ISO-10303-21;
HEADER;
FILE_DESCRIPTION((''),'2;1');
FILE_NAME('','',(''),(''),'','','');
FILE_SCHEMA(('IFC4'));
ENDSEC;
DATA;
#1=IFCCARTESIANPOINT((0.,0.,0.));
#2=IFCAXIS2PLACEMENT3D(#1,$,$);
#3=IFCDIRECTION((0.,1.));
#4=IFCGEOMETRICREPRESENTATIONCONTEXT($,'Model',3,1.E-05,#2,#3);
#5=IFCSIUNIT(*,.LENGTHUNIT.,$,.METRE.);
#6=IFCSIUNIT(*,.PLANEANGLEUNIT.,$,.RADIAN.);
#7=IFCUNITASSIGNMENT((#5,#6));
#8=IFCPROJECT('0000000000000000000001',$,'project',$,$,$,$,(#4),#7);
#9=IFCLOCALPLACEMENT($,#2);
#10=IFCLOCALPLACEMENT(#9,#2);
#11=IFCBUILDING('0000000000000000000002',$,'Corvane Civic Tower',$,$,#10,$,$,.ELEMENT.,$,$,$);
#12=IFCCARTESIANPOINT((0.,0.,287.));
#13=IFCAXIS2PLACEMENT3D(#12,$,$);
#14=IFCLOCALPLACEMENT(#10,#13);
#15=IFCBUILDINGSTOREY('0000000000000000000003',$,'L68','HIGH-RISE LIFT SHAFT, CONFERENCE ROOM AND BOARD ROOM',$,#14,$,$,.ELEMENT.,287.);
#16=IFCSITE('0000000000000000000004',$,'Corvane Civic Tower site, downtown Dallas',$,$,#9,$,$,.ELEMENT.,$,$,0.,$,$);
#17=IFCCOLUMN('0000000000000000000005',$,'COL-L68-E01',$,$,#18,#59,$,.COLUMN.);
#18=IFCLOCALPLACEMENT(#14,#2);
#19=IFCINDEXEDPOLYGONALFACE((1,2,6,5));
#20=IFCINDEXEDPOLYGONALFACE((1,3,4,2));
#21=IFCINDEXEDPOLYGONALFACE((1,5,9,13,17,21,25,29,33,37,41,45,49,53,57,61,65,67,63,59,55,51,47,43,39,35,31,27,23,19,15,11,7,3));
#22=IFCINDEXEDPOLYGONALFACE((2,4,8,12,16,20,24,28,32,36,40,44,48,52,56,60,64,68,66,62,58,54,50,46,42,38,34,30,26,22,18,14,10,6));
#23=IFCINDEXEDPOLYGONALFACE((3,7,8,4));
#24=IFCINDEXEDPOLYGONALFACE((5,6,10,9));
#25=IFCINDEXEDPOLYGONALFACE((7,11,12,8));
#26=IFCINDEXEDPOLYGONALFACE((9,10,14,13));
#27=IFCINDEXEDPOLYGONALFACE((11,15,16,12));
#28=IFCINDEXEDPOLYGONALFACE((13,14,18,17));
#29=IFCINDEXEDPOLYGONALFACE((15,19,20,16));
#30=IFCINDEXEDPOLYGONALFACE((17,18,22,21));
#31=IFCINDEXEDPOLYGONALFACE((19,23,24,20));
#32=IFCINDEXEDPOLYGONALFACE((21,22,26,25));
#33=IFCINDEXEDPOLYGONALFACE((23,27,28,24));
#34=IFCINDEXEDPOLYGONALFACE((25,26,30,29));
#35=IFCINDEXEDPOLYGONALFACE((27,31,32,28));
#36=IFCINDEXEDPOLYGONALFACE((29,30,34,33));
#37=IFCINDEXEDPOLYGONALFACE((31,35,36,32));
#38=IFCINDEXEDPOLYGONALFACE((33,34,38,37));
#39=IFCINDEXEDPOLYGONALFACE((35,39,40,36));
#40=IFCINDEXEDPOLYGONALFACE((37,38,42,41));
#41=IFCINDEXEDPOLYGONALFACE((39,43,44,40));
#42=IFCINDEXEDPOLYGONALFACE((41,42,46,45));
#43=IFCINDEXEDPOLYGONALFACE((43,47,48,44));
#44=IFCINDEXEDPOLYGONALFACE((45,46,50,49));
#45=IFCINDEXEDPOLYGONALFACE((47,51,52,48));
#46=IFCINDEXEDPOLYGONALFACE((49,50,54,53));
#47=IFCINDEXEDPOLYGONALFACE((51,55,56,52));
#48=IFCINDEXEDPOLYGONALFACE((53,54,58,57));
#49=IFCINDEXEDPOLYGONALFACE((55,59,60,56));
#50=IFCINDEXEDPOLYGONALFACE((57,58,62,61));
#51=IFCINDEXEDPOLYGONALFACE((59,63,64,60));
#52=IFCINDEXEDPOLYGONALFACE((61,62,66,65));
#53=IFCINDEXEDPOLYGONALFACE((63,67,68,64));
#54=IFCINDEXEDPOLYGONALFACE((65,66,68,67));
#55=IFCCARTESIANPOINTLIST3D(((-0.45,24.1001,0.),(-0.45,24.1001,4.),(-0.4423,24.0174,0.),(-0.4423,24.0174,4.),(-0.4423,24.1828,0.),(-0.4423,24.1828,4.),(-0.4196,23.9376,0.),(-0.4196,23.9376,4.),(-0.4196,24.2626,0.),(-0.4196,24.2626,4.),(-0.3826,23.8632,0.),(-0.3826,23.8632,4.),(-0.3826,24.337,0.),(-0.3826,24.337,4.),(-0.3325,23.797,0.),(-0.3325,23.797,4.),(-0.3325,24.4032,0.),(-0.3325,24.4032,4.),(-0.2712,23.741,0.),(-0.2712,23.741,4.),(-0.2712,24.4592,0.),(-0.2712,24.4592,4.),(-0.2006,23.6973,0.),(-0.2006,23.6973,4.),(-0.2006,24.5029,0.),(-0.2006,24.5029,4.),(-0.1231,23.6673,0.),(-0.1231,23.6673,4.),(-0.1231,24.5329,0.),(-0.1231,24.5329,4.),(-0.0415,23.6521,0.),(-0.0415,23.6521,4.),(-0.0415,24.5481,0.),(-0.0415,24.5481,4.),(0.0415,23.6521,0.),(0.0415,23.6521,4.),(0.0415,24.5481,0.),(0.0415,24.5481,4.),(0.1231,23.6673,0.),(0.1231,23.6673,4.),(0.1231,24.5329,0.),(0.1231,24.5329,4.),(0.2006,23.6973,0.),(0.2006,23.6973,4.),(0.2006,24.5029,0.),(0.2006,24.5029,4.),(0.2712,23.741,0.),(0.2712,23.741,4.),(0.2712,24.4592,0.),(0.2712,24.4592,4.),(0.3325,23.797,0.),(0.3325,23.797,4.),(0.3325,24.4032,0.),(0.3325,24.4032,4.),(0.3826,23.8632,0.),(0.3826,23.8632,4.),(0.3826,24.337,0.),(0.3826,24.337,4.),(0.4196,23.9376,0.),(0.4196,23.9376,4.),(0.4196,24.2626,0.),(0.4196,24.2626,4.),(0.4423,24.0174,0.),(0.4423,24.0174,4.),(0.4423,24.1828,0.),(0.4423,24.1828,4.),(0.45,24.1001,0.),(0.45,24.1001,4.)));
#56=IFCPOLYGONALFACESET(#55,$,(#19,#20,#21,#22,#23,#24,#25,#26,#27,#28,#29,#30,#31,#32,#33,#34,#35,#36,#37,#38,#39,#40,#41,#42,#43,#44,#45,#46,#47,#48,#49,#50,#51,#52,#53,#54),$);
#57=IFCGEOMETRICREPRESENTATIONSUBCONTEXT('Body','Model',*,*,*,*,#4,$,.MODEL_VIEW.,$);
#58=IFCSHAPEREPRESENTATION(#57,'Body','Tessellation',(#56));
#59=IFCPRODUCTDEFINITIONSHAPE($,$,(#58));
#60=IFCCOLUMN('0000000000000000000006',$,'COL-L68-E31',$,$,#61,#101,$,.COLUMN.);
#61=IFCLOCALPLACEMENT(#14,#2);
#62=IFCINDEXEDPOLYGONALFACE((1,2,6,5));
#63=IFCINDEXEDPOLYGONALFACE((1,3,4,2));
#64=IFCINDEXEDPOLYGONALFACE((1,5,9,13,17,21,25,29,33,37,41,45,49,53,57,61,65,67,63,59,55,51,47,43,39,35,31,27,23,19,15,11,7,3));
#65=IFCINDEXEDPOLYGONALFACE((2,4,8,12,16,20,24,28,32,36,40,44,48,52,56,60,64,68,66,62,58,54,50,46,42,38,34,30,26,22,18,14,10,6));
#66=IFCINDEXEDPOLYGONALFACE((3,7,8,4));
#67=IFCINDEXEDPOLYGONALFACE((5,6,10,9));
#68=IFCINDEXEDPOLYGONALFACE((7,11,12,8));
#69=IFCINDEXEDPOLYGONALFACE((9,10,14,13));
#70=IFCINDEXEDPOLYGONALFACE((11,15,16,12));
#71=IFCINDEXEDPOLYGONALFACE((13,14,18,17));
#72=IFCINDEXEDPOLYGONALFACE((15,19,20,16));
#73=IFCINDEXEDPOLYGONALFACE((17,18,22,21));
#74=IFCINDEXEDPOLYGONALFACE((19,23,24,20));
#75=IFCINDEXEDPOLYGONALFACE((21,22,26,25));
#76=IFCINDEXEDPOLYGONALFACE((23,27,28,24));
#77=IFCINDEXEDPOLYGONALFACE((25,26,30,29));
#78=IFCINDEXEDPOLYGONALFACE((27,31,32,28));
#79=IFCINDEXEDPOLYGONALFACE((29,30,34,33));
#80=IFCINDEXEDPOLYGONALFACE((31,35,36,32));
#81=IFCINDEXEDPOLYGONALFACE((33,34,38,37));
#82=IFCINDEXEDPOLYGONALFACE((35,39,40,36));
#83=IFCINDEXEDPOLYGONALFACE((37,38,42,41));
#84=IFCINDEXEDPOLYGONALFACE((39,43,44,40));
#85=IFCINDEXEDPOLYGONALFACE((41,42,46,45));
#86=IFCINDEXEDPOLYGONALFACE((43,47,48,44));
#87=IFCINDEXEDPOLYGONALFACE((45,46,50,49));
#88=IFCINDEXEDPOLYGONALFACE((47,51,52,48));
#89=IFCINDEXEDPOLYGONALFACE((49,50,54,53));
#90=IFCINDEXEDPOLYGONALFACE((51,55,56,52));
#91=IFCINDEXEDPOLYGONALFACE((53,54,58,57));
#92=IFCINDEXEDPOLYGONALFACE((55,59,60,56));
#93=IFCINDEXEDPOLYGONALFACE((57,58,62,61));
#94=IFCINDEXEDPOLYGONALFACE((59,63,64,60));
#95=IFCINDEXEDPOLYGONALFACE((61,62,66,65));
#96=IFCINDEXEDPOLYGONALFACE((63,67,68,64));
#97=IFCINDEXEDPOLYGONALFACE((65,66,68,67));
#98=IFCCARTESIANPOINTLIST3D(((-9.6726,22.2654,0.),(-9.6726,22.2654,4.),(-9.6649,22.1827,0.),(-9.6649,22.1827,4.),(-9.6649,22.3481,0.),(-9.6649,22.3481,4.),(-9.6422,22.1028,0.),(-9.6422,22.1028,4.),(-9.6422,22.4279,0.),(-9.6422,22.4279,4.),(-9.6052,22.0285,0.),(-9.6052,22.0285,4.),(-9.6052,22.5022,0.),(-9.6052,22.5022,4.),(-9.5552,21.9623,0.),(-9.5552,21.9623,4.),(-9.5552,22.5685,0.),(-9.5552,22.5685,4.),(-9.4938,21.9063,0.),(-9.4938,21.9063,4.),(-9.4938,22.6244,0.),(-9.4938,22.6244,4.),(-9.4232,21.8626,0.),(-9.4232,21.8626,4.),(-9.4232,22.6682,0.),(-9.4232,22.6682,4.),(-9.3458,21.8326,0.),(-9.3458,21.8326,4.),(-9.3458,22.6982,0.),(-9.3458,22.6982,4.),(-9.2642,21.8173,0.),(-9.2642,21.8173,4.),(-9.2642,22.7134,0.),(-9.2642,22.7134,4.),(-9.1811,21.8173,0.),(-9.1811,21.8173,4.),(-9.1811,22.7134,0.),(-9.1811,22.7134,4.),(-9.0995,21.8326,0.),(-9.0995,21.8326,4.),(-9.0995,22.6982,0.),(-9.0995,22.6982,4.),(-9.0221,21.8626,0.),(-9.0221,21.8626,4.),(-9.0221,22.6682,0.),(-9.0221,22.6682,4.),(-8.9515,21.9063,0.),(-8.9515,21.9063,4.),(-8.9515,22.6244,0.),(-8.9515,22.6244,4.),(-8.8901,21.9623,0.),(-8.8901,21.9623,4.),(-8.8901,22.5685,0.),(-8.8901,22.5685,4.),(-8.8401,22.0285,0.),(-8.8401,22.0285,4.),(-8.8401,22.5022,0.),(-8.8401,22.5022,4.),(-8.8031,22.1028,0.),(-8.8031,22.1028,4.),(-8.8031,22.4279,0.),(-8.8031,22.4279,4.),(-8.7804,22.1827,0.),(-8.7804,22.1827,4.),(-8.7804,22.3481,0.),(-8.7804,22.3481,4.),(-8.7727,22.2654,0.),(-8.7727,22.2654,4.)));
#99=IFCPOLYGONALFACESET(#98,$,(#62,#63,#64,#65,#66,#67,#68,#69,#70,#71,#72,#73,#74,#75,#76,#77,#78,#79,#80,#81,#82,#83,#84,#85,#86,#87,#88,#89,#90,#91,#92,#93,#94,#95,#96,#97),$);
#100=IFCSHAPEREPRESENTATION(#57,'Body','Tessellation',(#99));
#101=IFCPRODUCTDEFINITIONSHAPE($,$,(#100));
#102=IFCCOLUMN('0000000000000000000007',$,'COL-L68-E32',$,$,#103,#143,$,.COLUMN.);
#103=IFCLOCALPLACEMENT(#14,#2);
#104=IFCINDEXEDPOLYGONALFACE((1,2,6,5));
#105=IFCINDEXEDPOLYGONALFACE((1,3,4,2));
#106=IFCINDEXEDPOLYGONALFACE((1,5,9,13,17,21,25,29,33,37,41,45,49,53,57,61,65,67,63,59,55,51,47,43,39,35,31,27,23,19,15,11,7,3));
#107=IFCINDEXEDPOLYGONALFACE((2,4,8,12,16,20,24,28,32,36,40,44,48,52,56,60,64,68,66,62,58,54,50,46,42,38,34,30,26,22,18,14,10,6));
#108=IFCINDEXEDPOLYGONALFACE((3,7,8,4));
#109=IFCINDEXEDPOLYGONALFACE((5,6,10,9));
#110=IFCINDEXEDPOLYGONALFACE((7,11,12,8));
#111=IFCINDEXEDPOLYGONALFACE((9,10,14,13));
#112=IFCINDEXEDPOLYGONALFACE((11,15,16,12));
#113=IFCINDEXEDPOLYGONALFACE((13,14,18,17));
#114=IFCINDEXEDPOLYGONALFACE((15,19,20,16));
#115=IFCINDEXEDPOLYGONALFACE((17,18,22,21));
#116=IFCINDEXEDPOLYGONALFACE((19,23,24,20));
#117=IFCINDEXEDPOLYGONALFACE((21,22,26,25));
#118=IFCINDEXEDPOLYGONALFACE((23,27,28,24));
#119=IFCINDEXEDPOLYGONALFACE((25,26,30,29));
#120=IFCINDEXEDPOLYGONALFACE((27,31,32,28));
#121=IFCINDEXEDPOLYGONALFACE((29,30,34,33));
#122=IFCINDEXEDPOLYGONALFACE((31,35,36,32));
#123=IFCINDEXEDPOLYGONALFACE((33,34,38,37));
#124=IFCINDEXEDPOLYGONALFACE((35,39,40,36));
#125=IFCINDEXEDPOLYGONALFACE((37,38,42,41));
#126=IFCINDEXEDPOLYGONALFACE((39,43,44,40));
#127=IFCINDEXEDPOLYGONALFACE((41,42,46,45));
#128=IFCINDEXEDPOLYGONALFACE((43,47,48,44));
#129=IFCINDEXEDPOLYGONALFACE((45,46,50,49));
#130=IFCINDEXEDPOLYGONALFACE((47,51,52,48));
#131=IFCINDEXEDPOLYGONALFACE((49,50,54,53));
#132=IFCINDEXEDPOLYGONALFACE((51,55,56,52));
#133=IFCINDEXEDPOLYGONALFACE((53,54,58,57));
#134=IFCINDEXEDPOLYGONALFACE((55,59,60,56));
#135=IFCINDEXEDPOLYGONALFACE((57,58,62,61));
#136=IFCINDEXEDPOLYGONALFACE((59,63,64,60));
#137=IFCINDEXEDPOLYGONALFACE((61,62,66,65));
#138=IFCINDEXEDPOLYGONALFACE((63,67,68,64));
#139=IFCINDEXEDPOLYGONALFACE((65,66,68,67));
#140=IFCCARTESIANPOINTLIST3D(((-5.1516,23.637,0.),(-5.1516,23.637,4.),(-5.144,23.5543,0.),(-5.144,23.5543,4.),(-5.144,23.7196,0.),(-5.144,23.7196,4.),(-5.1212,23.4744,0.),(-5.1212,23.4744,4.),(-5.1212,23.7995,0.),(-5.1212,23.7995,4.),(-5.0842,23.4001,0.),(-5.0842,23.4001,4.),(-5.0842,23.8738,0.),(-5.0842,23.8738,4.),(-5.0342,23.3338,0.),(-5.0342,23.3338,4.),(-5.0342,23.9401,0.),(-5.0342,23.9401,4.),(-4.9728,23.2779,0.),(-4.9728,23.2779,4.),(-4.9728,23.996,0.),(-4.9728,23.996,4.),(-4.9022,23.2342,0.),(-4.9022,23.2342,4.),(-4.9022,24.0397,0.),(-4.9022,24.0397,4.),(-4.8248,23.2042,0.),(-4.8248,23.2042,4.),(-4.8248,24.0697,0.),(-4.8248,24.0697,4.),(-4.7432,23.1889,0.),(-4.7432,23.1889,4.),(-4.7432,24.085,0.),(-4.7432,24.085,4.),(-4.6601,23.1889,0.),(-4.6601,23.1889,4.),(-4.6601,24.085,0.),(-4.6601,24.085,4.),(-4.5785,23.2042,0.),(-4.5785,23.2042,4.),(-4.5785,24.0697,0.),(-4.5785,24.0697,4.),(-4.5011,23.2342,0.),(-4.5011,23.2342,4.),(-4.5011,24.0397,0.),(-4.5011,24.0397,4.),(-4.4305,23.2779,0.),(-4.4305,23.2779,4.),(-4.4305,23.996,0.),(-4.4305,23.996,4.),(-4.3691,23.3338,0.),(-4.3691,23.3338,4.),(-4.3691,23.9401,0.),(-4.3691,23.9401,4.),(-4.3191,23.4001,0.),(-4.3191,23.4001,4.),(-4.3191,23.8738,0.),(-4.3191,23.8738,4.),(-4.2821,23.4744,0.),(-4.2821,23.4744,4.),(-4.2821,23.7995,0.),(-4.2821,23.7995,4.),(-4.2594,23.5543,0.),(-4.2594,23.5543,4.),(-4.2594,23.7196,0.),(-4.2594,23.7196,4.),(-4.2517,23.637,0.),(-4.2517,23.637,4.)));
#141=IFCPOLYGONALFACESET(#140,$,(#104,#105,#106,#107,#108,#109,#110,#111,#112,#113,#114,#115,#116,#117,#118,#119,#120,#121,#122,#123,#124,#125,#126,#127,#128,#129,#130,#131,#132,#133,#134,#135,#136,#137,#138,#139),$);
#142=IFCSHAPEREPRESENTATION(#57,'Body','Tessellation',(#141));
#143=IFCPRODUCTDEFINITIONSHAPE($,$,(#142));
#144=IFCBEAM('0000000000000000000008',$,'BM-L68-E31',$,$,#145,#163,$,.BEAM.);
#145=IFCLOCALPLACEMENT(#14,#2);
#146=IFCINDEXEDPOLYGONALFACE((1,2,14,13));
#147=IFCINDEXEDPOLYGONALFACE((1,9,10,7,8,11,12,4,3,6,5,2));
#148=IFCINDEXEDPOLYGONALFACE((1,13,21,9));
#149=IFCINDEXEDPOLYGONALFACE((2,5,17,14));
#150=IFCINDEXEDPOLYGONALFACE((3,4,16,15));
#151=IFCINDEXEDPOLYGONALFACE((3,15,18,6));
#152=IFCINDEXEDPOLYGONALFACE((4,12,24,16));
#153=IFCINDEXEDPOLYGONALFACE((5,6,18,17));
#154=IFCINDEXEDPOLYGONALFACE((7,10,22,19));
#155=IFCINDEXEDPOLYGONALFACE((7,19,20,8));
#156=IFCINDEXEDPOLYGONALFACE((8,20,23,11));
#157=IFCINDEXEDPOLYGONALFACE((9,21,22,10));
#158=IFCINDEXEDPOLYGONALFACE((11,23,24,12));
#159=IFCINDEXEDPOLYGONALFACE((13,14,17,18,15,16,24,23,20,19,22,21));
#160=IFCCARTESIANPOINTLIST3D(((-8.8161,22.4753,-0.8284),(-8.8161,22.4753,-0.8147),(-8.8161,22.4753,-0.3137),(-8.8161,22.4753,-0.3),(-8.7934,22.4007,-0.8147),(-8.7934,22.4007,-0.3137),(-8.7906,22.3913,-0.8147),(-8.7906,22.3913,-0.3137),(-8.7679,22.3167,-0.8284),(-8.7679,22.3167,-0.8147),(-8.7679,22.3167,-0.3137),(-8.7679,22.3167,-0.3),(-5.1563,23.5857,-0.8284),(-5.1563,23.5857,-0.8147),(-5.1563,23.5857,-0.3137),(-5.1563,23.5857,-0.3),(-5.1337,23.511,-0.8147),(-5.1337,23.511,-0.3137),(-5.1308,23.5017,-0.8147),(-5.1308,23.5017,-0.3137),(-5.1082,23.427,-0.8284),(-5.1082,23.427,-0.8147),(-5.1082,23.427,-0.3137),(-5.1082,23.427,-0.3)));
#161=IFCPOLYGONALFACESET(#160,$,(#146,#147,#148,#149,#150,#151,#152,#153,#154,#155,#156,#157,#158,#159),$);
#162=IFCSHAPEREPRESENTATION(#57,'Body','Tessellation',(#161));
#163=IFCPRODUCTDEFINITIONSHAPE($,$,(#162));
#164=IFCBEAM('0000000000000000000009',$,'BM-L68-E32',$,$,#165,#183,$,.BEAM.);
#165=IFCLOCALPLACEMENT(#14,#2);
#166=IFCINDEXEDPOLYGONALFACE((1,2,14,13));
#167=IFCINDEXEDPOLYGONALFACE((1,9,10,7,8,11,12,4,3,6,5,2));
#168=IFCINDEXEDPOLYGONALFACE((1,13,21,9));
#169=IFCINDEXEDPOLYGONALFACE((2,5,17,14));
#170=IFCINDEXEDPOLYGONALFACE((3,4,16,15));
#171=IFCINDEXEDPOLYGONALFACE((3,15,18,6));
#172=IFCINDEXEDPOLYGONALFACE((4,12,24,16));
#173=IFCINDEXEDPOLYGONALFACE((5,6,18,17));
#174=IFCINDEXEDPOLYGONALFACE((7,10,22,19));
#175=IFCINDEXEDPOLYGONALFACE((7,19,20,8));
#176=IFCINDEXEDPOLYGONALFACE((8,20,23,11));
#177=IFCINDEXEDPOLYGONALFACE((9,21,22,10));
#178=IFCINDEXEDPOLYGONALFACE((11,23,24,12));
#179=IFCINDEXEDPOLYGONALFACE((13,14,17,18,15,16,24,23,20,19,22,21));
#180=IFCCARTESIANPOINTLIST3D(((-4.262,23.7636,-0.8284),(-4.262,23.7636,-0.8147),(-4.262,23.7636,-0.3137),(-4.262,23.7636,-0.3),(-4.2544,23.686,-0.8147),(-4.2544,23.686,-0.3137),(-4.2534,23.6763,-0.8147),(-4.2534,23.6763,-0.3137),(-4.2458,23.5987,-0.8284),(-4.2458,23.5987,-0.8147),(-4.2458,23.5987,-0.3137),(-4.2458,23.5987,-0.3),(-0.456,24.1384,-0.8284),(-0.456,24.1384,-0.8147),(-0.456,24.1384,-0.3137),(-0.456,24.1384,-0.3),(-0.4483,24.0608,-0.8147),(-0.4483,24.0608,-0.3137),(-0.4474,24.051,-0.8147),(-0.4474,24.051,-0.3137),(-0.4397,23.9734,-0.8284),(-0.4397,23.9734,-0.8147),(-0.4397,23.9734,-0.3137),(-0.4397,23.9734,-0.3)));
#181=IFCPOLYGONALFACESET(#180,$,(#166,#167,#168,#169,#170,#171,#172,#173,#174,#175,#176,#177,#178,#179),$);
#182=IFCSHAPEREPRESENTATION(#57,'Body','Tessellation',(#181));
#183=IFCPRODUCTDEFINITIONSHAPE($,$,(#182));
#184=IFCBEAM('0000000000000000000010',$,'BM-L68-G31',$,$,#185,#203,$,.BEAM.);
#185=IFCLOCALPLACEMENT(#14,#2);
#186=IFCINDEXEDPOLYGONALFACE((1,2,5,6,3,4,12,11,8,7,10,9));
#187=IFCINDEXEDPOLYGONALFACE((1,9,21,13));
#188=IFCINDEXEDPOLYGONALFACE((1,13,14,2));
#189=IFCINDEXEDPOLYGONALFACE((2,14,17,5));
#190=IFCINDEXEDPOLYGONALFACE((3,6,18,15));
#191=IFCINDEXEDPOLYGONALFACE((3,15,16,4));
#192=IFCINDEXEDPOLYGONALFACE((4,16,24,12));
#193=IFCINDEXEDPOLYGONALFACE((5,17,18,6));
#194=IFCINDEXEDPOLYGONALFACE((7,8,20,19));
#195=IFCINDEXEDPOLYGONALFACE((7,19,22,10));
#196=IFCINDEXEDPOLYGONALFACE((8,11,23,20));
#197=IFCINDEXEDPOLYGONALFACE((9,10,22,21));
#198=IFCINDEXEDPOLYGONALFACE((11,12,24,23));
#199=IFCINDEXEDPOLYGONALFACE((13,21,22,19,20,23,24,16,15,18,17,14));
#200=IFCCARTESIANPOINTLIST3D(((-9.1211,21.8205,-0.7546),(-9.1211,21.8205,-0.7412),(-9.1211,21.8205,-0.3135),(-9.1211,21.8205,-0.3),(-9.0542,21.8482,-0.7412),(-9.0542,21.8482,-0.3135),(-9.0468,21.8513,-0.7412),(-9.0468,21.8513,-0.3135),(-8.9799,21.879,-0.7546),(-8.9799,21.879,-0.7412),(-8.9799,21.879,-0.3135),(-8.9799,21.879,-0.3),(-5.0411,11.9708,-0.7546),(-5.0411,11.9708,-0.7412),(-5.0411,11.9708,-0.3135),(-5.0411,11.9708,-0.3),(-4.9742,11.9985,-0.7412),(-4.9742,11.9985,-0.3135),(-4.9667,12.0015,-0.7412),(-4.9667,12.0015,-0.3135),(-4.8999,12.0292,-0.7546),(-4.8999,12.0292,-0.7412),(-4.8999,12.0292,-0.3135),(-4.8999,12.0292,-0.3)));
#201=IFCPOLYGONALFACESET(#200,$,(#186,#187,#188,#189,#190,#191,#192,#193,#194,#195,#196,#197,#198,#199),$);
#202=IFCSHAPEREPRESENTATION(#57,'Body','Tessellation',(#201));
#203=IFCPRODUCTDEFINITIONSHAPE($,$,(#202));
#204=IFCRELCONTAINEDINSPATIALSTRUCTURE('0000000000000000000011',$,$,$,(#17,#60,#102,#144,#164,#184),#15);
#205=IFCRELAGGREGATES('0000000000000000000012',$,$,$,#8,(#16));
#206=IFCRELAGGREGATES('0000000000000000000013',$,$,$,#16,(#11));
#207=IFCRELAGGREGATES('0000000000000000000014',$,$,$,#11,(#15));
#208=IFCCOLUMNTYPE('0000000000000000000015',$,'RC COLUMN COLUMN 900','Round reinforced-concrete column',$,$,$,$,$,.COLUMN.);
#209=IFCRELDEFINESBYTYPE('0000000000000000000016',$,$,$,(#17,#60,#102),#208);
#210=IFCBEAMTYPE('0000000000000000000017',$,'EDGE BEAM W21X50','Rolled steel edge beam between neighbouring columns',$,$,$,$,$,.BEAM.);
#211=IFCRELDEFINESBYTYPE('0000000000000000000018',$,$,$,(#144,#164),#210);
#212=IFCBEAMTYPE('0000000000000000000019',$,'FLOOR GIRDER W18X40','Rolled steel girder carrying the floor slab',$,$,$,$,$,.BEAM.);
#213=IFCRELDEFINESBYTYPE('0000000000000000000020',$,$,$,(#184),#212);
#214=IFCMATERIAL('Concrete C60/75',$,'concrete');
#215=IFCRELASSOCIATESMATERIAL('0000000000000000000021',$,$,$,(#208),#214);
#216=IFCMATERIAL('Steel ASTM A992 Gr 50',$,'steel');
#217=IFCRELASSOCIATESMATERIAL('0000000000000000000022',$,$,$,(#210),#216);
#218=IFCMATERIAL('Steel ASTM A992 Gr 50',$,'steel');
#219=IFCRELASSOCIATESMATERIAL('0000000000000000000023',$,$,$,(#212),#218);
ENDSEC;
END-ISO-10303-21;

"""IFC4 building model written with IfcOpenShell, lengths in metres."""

from ifc_helpers import new_model, si_unit, direction, frame, origin, origin_2d, place, context, subcontext, project, spatial, circle, i_section, extrude, material, material_profile, profile_set, type_object, element, save


model = new_model("IFC4")

# Units and contexts
model_context = context("Model", 3, precision=1e-05, world=origin(), true_north=direction((0.0, 1.0)))
body_context = subcontext(model_context, "Body", "Model", "MODEL_VIEW")
ifc_project = project(units=[si_unit("LENGTHUNIT", "METRE"), si_unit("PLANEANGLEUNIT", "RADIAN")], contexts=[model_context])

# Site, building, storey
site_placement = place(None, origin())
site = spatial("IfcSite", under=ifc_project, at=site_placement, Name="Corvane Civic Tower site, downtown Dallas", CompositionType="ELEMENT", RefElevation=0.0)
building_placement = place(site_placement, origin())
building = spatial("IfcBuilding", under=site, at=building_placement, Name="Corvane Civic Tower", CompositionType="ELEMENT")
storey_placement = place(building_placement, frame((0.0, 0.0, 287.0)))
storey = spatial("IfcBuildingStorey", under=building, at=storey_placement, Name="L68", Description="HIGH-RISE LIFT SHAFT, CONFERENCE ROOM AND BOARD ROOM", CompositionType="ELEMENT", Elevation=287.0)

# Columns
ifc_material_1 = material(Name="Concrete C60/75", Category="concrete")
ifc_material_profile_1 = material_profile(ifc_material_1, circle(Radius=0.45, at=origin_2d()), Name="COLUMN 900")
ifc_profile_set_1 = profile_set([ifc_material_profile_1], Name="Concrete C60/75")
column_type = type_object("IfcColumnType", Name="RC COLUMN COLUMN 900", Description="Round reinforced-concrete column", PredefinedType="COLUMN", material=ifc_profile_set_1)
for number, where, z_axis, x_axis, name in (
    (1, (0.0, 24.1001, 0.0), (0.0, 0.0, 1.0), (1.0, 0.0, 0.0), "COL-L68-E01"),
    (2, (-9.2227, 22.2654, 0.0), (0.0, 0.0, 1.0), (1.0, 0.0, 0.0), "COL-L68-E31"),
    (3, (-4.7017, 23.637, 0.0), (0.0, 0.0, 1.0), (1.0, 0.0, 0.0), "COL-L68-E32"),
):
    element("IfcColumn", number, at=place(storey_placement, frame(where, z_axis=z_axis, x_axis=x_axis)), inside=storey, type_object=column_type, Name=name, PredefinedType="COLUMN", context=body_context, shape_type="SweptSolid", body=[
        extrude(circle(Radius=0.45, at=origin_2d()), origin(), (0.0, 0.0, 1.0), 4.0),
    ])

# Beams
ifc_material_2 = material(Name="Steel ASTM A992 Gr 50", Category="steel")
ifc_material_profile_2 = material_profile(ifc_material_2, i_section(OverallWidth=0.1658, OverallDepth=0.5283, WebThickness=0.0098, FlangeThickness=0.0137, at=origin_2d()), Name="W21X50")
ifc_profile_set_2 = profile_set([ifc_material_profile_2], Name="Steel ASTM A992 Gr 50")
beam_type_1 = type_object("IfcBeamType", Name="EDGE BEAM W21X50", Description="Rolled steel edge beam between neighbouring columns", PredefinedType="BEAM", material=ifc_profile_set_2)
for number, where, z_axis, x_axis, name in (
    (4, (-8.792, 22.396, -0.5642), (0.956926, 0.290333, 0.0), (-0.290333, 0.956926, 0.0), "BM-L68-E31"),
    (5, (-4.2539, 23.6812, -0.5642), (0.995188, 0.097987, 0.0), (-0.097987, 0.995188, 0.0), "BM-L68-E32"),
):
    element("IfcBeam", number, at=place(storey_placement, frame(where, z_axis=z_axis, x_axis=x_axis)), inside=storey, type_object=beam_type_1, Name=name, PredefinedType="BEAM", context=body_context, shape_type="SweptSolid", body=[
        extrude(i_section(OverallWidth=0.1658, OverallDepth=0.5283, WebThickness=0.0098, FlangeThickness=0.0137, at=origin_2d()), origin(), (0.0, 0.0, 1.0), 3.8245),
    ])
ifc_material_3 = material(Name="Steel ASTM A992 Gr 50", Category="steel")
ifc_material_profile_3 = material_profile(ifc_material_3, i_section(OverallWidth=0.1528, OverallDepth=0.4546, WebThickness=0.0081, FlangeThickness=0.0134, at=origin_2d()), Name="W18X40")
ifc_profile_set_3 = profile_set([ifc_material_profile_3], Name="Steel ASTM A992 Gr 50")
beam_type_2 = type_object("IfcBeamType", Name="FLOOR GIRDER W18X40", Description="Rolled steel girder carrying the floor slab", PredefinedType="BEAM", material=ifc_profile_set_3)
beam_1_placement = place(storey_placement, frame((-4.9705, 12.0, -0.5273), z_axis=(-0.382694, 0.923875, 0.0), x_axis=(-0.923875, -0.382694, 0.0)))
element("IfcBeam", 6, at=beam_1_placement, inside=storey, type_object=beam_type_2, Name="BM-L68-G31", PredefinedType="BEAM", context=body_context, shape_type="SweptSolid", body=[
    extrude(i_section(OverallWidth=0.1528, OverallDepth=0.4546, WebThickness=0.0081, FlangeThickness=0.0134, at=origin_2d()), origin(), (0.0, 0.0, 1.0), 10.6614),
])

save(model, "model.ifc")
